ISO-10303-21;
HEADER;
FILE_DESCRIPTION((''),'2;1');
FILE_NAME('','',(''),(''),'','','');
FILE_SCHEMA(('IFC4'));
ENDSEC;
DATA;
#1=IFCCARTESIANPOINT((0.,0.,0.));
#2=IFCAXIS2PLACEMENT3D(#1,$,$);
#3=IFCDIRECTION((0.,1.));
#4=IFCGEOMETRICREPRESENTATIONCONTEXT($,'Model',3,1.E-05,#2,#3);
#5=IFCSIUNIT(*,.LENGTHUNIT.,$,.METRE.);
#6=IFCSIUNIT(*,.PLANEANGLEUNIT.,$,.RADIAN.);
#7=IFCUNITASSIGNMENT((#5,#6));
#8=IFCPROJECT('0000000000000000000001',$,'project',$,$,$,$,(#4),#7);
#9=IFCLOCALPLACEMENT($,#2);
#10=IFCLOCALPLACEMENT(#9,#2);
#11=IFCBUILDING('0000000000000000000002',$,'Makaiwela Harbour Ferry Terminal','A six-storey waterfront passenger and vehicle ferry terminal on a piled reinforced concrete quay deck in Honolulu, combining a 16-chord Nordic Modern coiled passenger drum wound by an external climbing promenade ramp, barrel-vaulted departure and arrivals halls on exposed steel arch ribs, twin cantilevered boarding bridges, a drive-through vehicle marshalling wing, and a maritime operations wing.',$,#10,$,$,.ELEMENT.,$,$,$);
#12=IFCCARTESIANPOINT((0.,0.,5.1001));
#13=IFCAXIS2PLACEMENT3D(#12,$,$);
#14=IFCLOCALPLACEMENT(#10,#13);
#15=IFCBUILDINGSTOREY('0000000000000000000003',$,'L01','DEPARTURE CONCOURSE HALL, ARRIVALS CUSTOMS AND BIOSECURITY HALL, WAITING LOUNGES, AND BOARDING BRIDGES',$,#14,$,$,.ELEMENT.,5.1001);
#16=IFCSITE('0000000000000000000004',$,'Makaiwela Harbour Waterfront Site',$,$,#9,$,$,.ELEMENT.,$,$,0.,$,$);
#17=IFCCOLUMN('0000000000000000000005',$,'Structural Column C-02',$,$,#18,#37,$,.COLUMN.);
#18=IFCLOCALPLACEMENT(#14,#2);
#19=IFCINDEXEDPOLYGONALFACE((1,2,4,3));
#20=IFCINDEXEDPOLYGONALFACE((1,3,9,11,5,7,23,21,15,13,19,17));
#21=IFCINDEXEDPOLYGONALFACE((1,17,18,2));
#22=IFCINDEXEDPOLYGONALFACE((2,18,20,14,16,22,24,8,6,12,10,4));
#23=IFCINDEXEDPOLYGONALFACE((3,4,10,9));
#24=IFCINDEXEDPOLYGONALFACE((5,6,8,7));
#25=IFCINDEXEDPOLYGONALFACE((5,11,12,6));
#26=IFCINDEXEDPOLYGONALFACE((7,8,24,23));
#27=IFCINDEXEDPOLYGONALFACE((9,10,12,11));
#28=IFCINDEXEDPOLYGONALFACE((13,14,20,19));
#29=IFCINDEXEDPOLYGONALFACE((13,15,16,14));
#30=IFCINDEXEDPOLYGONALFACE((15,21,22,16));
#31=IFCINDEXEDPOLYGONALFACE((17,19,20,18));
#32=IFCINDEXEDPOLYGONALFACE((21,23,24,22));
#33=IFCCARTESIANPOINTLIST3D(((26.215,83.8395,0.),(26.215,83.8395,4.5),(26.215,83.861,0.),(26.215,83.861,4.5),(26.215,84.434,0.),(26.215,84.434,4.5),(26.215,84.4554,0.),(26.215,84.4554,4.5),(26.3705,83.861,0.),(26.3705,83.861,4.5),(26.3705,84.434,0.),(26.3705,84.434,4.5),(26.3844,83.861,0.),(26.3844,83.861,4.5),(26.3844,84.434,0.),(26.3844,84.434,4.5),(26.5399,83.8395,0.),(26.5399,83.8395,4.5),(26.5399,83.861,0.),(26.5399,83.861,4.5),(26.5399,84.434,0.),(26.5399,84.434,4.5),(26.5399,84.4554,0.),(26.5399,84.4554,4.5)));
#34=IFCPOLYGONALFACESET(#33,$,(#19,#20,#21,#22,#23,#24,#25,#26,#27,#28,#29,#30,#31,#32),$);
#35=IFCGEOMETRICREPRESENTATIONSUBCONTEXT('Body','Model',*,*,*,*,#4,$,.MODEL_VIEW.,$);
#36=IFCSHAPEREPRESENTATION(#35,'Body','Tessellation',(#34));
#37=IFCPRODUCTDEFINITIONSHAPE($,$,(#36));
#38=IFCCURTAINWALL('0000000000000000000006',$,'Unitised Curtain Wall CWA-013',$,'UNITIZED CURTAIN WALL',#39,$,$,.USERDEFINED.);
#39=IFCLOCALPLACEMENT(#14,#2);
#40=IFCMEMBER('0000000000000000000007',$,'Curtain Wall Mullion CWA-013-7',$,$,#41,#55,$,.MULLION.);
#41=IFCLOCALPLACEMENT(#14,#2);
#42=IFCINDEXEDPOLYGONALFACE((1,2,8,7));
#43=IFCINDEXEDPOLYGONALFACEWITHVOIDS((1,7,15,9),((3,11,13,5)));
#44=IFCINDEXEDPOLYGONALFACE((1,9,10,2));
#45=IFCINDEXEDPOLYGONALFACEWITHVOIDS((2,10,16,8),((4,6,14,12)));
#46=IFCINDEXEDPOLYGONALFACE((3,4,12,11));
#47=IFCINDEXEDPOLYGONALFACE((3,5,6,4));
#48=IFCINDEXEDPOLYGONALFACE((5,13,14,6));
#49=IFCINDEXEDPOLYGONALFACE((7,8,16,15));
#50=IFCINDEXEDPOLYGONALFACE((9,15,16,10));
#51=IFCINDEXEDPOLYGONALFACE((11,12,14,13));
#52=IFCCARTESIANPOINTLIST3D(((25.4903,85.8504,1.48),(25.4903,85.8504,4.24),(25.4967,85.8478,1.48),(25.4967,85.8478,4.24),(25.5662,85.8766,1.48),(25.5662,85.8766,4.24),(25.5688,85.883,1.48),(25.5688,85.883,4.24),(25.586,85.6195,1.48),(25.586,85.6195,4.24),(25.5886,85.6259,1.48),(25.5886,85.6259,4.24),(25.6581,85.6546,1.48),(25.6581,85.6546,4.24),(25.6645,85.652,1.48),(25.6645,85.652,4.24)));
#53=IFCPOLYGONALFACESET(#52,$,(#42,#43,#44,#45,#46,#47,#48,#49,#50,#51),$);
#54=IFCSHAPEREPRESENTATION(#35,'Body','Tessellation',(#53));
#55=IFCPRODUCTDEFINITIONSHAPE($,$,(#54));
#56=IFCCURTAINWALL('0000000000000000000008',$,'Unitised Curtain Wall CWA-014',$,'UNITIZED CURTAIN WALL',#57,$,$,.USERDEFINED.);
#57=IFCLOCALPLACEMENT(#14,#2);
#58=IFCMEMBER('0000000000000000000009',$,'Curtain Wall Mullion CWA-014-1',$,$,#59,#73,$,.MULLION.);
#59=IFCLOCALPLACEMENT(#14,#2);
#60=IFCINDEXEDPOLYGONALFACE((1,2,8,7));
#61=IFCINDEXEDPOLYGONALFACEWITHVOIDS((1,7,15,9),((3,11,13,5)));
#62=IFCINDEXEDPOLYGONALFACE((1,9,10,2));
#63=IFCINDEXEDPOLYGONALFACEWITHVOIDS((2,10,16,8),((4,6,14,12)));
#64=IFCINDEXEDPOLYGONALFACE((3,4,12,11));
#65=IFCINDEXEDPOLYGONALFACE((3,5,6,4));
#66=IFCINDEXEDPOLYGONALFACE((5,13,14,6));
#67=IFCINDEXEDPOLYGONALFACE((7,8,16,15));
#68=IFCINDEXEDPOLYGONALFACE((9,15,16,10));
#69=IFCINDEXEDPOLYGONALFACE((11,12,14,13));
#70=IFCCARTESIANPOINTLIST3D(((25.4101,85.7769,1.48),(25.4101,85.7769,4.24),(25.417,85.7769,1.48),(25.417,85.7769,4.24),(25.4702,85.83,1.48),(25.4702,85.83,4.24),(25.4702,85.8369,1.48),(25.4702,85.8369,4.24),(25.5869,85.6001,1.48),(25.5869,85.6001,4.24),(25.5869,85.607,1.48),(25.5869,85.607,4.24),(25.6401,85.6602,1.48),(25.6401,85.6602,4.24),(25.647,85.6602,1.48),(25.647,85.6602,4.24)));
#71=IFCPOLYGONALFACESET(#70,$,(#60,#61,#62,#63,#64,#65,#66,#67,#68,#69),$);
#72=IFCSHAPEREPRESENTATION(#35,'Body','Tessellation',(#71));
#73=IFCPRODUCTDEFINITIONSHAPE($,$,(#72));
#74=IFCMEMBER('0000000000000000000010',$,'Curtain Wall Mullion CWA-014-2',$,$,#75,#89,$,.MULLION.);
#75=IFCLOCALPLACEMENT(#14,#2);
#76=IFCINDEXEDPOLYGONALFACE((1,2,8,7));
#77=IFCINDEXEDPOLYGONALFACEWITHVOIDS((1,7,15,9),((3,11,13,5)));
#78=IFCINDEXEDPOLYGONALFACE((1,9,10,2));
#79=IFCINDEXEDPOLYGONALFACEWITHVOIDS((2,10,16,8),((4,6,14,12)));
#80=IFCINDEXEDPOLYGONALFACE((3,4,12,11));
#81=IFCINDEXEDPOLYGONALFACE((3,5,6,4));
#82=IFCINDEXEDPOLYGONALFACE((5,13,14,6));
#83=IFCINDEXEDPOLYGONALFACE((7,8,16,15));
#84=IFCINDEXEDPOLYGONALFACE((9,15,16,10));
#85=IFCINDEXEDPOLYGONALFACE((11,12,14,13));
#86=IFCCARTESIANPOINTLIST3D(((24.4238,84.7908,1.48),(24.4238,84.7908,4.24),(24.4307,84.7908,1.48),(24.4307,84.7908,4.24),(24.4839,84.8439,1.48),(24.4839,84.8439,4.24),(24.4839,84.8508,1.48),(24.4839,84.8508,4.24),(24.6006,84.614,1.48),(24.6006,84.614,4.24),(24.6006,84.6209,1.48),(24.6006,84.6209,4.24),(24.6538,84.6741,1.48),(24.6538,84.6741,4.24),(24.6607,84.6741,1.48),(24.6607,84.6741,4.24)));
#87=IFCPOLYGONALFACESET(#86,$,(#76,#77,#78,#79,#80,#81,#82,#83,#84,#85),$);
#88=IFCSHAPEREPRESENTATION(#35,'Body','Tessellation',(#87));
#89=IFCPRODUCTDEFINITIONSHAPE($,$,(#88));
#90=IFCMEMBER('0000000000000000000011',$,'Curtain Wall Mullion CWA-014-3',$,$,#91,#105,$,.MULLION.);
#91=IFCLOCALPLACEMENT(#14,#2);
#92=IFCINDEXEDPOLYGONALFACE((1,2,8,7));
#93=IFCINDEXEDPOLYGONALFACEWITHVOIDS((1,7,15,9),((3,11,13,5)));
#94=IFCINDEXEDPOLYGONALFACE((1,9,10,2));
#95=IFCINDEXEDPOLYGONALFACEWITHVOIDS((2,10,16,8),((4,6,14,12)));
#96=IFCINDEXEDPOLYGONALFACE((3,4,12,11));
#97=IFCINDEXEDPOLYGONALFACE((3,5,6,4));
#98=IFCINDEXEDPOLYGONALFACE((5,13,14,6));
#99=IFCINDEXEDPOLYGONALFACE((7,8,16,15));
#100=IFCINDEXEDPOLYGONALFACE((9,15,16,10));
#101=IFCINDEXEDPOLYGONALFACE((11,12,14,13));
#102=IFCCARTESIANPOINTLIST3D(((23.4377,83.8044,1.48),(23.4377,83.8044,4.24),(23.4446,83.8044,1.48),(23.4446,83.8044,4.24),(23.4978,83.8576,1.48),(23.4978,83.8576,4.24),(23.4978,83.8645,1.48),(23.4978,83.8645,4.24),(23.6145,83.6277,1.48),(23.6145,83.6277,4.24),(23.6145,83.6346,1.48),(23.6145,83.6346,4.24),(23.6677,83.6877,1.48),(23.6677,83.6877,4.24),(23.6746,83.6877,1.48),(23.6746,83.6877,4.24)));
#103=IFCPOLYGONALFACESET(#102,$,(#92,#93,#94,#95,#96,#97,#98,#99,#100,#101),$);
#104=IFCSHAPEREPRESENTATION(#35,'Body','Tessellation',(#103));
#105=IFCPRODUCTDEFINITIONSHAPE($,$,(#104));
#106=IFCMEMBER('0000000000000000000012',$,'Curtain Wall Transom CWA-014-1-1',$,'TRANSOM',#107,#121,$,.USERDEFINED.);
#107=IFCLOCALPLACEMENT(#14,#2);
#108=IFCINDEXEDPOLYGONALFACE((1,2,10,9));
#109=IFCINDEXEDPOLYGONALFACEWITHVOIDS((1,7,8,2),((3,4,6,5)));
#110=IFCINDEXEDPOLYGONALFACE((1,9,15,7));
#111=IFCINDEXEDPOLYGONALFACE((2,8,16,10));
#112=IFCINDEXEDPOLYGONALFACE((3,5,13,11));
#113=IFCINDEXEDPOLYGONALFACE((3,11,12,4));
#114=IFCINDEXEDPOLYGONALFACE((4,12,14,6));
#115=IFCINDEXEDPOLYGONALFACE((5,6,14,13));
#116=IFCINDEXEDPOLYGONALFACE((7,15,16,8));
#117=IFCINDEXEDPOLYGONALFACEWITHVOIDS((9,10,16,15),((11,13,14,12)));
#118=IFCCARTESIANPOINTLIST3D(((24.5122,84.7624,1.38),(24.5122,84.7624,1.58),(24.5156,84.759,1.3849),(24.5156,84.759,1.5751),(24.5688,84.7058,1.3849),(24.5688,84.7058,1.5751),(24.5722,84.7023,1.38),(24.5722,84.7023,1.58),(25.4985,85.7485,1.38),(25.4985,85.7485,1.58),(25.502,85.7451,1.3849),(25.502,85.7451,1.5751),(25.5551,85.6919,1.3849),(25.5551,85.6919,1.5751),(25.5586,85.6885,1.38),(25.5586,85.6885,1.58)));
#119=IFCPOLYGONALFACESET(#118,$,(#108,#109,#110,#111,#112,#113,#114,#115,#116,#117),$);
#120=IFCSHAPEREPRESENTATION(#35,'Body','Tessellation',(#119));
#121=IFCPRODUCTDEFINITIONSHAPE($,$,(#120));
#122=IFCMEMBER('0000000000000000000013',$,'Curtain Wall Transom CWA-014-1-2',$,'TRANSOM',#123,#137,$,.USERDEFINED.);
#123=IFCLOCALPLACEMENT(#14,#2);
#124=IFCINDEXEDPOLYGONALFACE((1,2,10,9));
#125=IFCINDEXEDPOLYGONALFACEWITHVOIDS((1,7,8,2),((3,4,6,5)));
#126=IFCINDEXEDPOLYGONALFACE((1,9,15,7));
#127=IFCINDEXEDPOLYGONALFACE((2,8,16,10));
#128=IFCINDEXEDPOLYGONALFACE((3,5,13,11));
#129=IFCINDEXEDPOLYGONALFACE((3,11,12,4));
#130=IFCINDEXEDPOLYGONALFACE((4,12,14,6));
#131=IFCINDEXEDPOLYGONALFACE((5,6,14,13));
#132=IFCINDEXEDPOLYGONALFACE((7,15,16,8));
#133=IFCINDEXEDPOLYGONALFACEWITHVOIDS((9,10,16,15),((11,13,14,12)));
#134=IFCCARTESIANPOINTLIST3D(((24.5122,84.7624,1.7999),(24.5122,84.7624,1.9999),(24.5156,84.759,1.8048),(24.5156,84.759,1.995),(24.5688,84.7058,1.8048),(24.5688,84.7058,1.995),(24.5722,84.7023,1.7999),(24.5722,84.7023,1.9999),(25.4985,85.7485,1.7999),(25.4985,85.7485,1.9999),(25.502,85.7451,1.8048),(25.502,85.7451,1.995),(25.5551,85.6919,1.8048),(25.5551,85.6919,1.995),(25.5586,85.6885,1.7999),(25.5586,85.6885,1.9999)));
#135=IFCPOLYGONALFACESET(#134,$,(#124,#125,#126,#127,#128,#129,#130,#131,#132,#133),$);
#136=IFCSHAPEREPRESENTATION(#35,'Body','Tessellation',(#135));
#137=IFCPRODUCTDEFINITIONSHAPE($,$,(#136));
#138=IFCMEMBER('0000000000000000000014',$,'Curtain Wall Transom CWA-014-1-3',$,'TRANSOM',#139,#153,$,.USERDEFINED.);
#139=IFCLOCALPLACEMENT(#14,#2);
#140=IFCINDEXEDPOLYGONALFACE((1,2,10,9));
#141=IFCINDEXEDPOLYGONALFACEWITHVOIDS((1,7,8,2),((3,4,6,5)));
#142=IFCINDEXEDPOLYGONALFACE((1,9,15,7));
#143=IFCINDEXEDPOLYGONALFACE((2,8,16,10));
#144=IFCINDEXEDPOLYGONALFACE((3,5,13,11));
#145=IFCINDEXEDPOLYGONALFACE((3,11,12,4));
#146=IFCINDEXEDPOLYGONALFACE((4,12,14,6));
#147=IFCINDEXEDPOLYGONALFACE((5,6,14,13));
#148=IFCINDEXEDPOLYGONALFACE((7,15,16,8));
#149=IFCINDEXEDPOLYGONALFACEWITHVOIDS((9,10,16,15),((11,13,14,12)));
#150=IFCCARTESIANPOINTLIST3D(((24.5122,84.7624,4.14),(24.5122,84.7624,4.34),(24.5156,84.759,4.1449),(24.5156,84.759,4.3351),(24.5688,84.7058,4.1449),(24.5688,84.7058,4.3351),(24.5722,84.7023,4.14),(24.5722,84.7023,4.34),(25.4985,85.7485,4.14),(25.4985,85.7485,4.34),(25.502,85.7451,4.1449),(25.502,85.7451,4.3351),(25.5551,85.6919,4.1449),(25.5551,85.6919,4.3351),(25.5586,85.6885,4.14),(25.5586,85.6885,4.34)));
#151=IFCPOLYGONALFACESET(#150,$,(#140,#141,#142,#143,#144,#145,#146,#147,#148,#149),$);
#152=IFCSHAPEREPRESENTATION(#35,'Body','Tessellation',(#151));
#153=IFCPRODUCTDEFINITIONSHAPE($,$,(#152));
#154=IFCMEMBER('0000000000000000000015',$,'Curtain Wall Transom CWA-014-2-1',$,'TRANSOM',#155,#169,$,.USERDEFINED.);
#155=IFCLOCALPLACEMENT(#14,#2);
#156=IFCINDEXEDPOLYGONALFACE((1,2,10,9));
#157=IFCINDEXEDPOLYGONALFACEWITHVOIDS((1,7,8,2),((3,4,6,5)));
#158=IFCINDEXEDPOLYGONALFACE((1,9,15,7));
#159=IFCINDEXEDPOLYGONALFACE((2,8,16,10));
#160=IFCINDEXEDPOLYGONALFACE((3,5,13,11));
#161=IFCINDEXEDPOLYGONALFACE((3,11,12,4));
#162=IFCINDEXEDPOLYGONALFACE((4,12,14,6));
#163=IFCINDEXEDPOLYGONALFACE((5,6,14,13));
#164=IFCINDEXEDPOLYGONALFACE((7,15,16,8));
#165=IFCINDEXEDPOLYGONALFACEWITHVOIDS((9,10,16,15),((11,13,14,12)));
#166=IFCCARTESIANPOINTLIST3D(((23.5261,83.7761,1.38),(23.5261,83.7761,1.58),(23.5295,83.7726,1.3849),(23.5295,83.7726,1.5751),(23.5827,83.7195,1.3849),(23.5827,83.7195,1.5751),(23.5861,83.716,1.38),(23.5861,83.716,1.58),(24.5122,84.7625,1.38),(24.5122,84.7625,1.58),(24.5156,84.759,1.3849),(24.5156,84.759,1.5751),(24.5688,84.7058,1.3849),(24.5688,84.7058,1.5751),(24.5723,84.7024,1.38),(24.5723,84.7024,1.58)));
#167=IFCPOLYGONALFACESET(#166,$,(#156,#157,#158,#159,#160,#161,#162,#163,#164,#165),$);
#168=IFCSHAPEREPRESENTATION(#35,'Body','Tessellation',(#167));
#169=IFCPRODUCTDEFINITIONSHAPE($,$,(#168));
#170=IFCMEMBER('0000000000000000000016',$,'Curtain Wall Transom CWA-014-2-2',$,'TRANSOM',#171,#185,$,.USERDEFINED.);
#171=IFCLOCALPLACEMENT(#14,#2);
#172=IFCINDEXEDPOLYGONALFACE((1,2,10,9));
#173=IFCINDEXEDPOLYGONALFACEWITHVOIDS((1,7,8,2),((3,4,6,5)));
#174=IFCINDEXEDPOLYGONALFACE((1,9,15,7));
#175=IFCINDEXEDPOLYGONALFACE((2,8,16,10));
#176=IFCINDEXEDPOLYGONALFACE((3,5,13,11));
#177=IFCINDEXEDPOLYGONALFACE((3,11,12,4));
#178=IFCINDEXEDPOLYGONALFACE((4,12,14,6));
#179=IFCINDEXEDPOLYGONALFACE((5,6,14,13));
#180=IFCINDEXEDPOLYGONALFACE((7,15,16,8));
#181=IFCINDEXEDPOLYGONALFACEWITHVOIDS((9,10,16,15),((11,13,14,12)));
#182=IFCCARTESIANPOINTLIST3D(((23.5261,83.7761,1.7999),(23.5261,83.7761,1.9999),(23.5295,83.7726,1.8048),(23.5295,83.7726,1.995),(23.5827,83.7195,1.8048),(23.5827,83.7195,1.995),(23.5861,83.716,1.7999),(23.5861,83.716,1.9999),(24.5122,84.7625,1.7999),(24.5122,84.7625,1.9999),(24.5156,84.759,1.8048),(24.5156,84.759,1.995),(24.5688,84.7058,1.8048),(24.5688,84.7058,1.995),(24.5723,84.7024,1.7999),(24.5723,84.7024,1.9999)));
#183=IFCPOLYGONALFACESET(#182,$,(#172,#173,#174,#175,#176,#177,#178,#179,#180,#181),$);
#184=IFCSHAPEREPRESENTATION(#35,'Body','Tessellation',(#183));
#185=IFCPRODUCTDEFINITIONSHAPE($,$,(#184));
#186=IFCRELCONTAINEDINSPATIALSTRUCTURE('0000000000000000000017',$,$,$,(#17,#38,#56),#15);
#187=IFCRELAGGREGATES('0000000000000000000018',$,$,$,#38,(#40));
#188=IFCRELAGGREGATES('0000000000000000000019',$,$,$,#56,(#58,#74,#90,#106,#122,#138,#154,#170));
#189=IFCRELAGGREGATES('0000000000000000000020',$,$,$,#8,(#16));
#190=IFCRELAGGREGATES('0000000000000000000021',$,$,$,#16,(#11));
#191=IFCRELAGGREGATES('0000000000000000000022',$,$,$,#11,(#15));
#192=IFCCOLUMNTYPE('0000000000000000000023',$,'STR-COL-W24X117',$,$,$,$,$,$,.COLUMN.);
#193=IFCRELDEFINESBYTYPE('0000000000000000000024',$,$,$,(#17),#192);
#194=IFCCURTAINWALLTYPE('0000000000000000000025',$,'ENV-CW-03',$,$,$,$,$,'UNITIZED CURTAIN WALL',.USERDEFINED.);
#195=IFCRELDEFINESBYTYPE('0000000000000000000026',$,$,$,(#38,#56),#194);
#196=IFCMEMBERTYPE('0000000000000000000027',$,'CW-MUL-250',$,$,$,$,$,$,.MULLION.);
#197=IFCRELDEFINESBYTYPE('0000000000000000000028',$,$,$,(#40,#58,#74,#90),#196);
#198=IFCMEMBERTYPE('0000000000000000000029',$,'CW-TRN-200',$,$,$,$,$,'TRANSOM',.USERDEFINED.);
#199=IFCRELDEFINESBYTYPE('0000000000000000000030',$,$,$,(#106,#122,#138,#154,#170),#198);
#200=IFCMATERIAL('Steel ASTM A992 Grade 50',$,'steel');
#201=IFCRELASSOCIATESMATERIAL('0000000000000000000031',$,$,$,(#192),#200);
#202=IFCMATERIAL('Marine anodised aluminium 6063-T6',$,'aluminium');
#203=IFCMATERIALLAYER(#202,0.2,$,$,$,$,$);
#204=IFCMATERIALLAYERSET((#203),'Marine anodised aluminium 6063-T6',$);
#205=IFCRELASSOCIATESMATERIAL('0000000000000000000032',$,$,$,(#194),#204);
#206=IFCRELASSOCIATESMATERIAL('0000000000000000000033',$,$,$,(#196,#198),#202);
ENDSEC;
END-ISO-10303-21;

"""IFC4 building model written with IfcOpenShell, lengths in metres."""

from ifc_helpers import new_model, si_unit, direction, frame, origin, origin_2d, place, context, subcontext, project, spatial, hollow_rectangle, i_section, extrude, material, layer, layer_set, material_profile, profile_set, type_object, element, aggregate, save


model = new_model("IFC4")

# Units and contexts
model_context = context("Model", 3, precision=1e-05, world=origin(), true_north=direction((0.0, 1.0)))
body_context = subcontext(model_context, "Body", "Model", "MODEL_VIEW")
ifc_project = project(units=[si_unit("LENGTHUNIT", "METRE"), si_unit("PLANEANGLEUNIT", "RADIAN")], contexts=[model_context])

# Site, building, storey
site_placement = place(None, origin())
site = spatial("IfcSite", under=ifc_project, at=site_placement, Name="Makaiwela Harbour Waterfront Site", CompositionType="ELEMENT", RefElevation=0.0)
building_placement = place(site_placement, origin())
building = spatial("IfcBuilding", under=site, at=building_placement, Name="Makaiwela Harbour Ferry Terminal", Description="A six-storey waterfront passenger and vehicle ferry terminal on a piled reinforced concrete quay deck in Honolulu, combining a 16-chord Nordic Modern coiled passenger drum wound by an external climbing promenade ramp, barrel-vaulted departure and arrivals halls on exposed steel arch ribs, twin cantilevered boarding bridges, a drive-through vehicle marshalling wing, and a maritime operations wing.", CompositionType="ELEMENT")
storey_placement = place(building_placement, frame((0.0, 0.0, 5.1001)))
storey = spatial("IfcBuildingStorey", under=building, at=storey_placement, Name="L01", Description="DEPARTURE CONCOURSE HALL, ARRIVALS CUSTOMS AND BIOSECURITY HALL, WAITING LOUNGES, AND BOARDING BRIDGES", CompositionType="ELEMENT", Elevation=5.1001)

# Column
ifc_material_1 = material(Name="Steel ASTM A992 Grade 50", Category="steel")
ifc_material_profile_1 = material_profile(ifc_material_1, i_section(OverallWidth=0.325, OverallDepth=0.616, WebThickness=0.0139, FlangeThickness=0.0215, at=origin_2d()), Name="W24X117")
ifc_profile_set_1 = profile_set([ifc_material_profile_1], Name="Steel ASTM A992 Grade 50")
column_type = type_object("IfcColumnType", Name="STR-COL-W24X117", PredefinedType="COLUMN", material=ifc_profile_set_1)
column_placement = place(storey_placement, frame((26.3774, 84.1475, 0.0), z_axis=(0.0, 0.0, 1.0), x_axis=(1.0, 0.0, 0.0)))
element("IfcColumn", 1, at=column_placement, inside=storey, type_object=column_type, Name="Structural Column C-02", PredefinedType="COLUMN", context=body_context, shape_type="SweptSolid", body=[
    extrude(i_section(OverallWidth=0.325, OverallDepth=0.616, WebThickness=0.0139, FlangeThickness=0.0215, at=origin_2d()), origin(), (0.0, 0.0, 1.0), 4.5),
])

# Curtain wall, member
ifc_material_2 = material(Name="Marine anodised aluminium 6063-T6", Category="aluminium")
ifc_layer_1 = layer(ifc_material_2, 0.2)
ifc_layer_set_1 = layer_set([ifc_layer_1], Name="Marine anodised aluminium 6063-T6")
curtain_wall_type = type_object("IfcCurtainWallType", Name="ENV-CW-03", ElementType="UNITIZED CURTAIN WALL", PredefinedType="USERDEFINED", material=ifc_layer_set_1)
curtain_wall_1_placement = place(storey_placement, origin())
curtain_wall_1 = element("IfcCurtainWall", 2, at=curtain_wall_1_placement, inside=storey, type_object=curtain_wall_type, Name="Unitised Curtain Wall CWA-013", ObjectType="UNITIZED CURTAIN WALL", PredefinedType="USERDEFINED")
ifc_material_profile_2 = material_profile(ifc_material_2, hollow_rectangle(XDim=0.085, YDim=0.25, WallThickness=0.0049, at=origin_2d()), Name="CWM-250X85")
ifc_profile_set_2 = profile_set([ifc_material_profile_2], Name="Marine anodised aluminium 6063-T6")
member_type_1 = type_object("IfcMemberType", Name="CW-MUL-250", PredefinedType="MULLION", material=ifc_profile_set_2)
member_1_placement = place(storey_placement, frame((25.5774, 85.7512, 1.48), z_axis=(0.0, 0.0, 1.0), x_axis=(0.92388, 0.382683, 0.0)))
member_1 = element("IfcMember", 3, at=member_1_placement, type_object=member_type_1, Name="Curtain Wall Mullion CWA-013-7", PredefinedType="MULLION", context=body_context, shape_type="SweptSolid", body=[
    extrude(hollow_rectangle(XDim=0.085, YDim=0.25, WallThickness=0.0049, at=origin_2d()), origin(), (0.0, 0.0, 1.0), 2.76),
])

# Curtain wall, members
curtain_wall_2_placement = place(storey_placement, origin())
curtain_wall_2 = element("IfcCurtainWall", 4, at=curtain_wall_2_placement, inside=storey, type_object=curtain_wall_type, Name="Unitised Curtain Wall CWA-014", ObjectType="UNITIZED CURTAIN WALL", PredefinedType="USERDEFINED")
member_2_placement = place(storey_placement, frame((25.5286, 85.7185, 1.48), z_axis=(0.0, 0.0, 1.0), x_axis=(0.707107, 0.707107, 0.0)))
member_2 = element("IfcMember", 5, at=member_2_placement, type_object=member_type_1, Name="Curtain Wall Mullion CWA-014-1", PredefinedType="MULLION", context=body_context, shape_type="SweptSolid", body=[
    extrude(hollow_rectangle(XDim=0.085, YDim=0.25, WallThickness=0.0049, at=origin_2d()), origin(), (0.0, 0.0, 1.0), 2.76),
])
member_3_placement = place(storey_placement, frame((24.5422, 84.7324, 1.48), z_axis=(0.0, 0.0, 1.0), x_axis=(0.707107, 0.707107, 0.0)))
member_3 = element("IfcMember", 6, at=member_3_placement, type_object=member_type_1, Name="Curtain Wall Mullion CWA-014-2", PredefinedType="MULLION", context=body_context, shape_type="SweptSolid", body=[
    extrude(hollow_rectangle(XDim=0.085, YDim=0.25, WallThickness=0.0049, at=origin_2d()), origin(), (0.0, 0.0, 1.0), 2.76),
])
member_4_placement = place(storey_placement, frame((23.5562, 83.7461, 1.48), z_axis=(0.0, 0.0, 1.0), x_axis=(0.707107, 0.707107, 0.0)))
member_4 = element("IfcMember", 7, at=member_4_placement, type_object=member_type_1, Name="Curtain Wall Mullion CWA-014-3", PredefinedType="MULLION", context=body_context, shape_type="SweptSolid", body=[
    extrude(hollow_rectangle(XDim=0.085, YDim=0.25, WallThickness=0.0049, at=origin_2d()), origin(), (0.0, 0.0, 1.0), 2.76),
])
ifc_material_profile_3 = material_profile(ifc_material_2, hollow_rectangle(XDim=0.085, YDim=0.2, WallThickness=0.0049, at=origin_2d()), Name="CWT-200X85")
ifc_profile_set_3 = profile_set([ifc_material_profile_3], Name="Marine anodised aluminium 6063-T6")
member_type_2 = type_object("IfcMemberType", Name="CW-TRN-200", ElementType="TRANSOM", PredefinedType="USERDEFINED", material=ifc_profile_set_3)
member_5_placement = place(storey_placement, frame((25.5286, 85.7185, 1.48), z_axis=(-0.707194, -0.707019, 0.0), x_axis=(0.707019, -0.707194, 0.0)))
member_5 = element("IfcMember", 8, at=member_5_placement, type_object=member_type_2, Name="Curtain Wall Transom CWA-014-1-1", ObjectType="TRANSOM", PredefinedType="USERDEFINED", context=body_context, shape_type="SweptSolid", body=[
    extrude(hollow_rectangle(XDim=0.085, YDim=0.2, WallThickness=0.0049, at=origin_2d()), origin(), (0.0, 0.0, 1.0), 1.3948),
])
member_6_placement = place(storey_placement, frame((25.5286, 85.7185, 1.8999), z_axis=(-0.707194, -0.707019, 0.0), x_axis=(0.707019, -0.707194, 0.0)))
member_6 = element("IfcMember", 9, at=member_6_placement, type_object=member_type_2, Name="Curtain Wall Transom CWA-014-1-2", ObjectType="TRANSOM", PredefinedType="USERDEFINED", context=body_context, shape_type="SweptSolid", body=[
    extrude(hollow_rectangle(XDim=0.085, YDim=0.2, WallThickness=0.0049, at=origin_2d()), origin(), (0.0, 0.0, 1.0), 1.3948),
])
member_7_placement = place(storey_placement, frame((25.5286, 85.7185, 4.24), z_axis=(-0.707194, -0.707019, 0.0), x_axis=(0.707019, -0.707194, 0.0)))
member_7 = element("IfcMember", 10, at=member_7_placement, type_object=member_type_2, Name="Curtain Wall Transom CWA-014-1-3", ObjectType="TRANSOM", PredefinedType="USERDEFINED", context=body_context, shape_type="SweptSolid", body=[
    extrude(hollow_rectangle(XDim=0.085, YDim=0.2, WallThickness=0.0049, at=origin_2d()), origin(), (0.0, 0.0, 1.0), 1.3948),
])
member_8_placement = place(storey_placement, frame((24.5422, 84.7324, 1.48), z_axis=(-0.707019, -0.707194, 0.0), x_axis=(0.707194, -0.707019, 0.0)))
member_8 = element("IfcMember", 11, at=member_8_placement, type_object=member_type_2, Name="Curtain Wall Transom CWA-014-2-1", ObjectType="TRANSOM", PredefinedType="USERDEFINED", context=body_context, shape_type="SweptSolid", body=[
    extrude(hollow_rectangle(XDim=0.085, YDim=0.2, WallThickness=0.0049, at=origin_2d()), origin(), (0.0, 0.0, 1.0), 1.3948),
])
member_9_placement = place(storey_placement, frame((24.5422, 84.7324, 1.8999), z_axis=(-0.707019, -0.707194, 0.0), x_axis=(0.707194, -0.707019, 0.0)))
member_9 = element("IfcMember", 12, at=member_9_placement, type_object=member_type_2, Name="Curtain Wall Transom CWA-014-2-2", ObjectType="TRANSOM", PredefinedType="USERDEFINED", context=body_context, shape_type="SweptSolid", body=[
    extrude(hollow_rectangle(XDim=0.085, YDim=0.2, WallThickness=0.0049, at=origin_2d()), origin(), (0.0, 0.0, 1.0), 1.3948),
])

aggregate(curtain_wall_1, [member_1])
aggregate(curtain_wall_2, [member_2, member_3, member_4, member_5, member_6, member_7, member_8, member_9])

save(model, "model.ifc")
